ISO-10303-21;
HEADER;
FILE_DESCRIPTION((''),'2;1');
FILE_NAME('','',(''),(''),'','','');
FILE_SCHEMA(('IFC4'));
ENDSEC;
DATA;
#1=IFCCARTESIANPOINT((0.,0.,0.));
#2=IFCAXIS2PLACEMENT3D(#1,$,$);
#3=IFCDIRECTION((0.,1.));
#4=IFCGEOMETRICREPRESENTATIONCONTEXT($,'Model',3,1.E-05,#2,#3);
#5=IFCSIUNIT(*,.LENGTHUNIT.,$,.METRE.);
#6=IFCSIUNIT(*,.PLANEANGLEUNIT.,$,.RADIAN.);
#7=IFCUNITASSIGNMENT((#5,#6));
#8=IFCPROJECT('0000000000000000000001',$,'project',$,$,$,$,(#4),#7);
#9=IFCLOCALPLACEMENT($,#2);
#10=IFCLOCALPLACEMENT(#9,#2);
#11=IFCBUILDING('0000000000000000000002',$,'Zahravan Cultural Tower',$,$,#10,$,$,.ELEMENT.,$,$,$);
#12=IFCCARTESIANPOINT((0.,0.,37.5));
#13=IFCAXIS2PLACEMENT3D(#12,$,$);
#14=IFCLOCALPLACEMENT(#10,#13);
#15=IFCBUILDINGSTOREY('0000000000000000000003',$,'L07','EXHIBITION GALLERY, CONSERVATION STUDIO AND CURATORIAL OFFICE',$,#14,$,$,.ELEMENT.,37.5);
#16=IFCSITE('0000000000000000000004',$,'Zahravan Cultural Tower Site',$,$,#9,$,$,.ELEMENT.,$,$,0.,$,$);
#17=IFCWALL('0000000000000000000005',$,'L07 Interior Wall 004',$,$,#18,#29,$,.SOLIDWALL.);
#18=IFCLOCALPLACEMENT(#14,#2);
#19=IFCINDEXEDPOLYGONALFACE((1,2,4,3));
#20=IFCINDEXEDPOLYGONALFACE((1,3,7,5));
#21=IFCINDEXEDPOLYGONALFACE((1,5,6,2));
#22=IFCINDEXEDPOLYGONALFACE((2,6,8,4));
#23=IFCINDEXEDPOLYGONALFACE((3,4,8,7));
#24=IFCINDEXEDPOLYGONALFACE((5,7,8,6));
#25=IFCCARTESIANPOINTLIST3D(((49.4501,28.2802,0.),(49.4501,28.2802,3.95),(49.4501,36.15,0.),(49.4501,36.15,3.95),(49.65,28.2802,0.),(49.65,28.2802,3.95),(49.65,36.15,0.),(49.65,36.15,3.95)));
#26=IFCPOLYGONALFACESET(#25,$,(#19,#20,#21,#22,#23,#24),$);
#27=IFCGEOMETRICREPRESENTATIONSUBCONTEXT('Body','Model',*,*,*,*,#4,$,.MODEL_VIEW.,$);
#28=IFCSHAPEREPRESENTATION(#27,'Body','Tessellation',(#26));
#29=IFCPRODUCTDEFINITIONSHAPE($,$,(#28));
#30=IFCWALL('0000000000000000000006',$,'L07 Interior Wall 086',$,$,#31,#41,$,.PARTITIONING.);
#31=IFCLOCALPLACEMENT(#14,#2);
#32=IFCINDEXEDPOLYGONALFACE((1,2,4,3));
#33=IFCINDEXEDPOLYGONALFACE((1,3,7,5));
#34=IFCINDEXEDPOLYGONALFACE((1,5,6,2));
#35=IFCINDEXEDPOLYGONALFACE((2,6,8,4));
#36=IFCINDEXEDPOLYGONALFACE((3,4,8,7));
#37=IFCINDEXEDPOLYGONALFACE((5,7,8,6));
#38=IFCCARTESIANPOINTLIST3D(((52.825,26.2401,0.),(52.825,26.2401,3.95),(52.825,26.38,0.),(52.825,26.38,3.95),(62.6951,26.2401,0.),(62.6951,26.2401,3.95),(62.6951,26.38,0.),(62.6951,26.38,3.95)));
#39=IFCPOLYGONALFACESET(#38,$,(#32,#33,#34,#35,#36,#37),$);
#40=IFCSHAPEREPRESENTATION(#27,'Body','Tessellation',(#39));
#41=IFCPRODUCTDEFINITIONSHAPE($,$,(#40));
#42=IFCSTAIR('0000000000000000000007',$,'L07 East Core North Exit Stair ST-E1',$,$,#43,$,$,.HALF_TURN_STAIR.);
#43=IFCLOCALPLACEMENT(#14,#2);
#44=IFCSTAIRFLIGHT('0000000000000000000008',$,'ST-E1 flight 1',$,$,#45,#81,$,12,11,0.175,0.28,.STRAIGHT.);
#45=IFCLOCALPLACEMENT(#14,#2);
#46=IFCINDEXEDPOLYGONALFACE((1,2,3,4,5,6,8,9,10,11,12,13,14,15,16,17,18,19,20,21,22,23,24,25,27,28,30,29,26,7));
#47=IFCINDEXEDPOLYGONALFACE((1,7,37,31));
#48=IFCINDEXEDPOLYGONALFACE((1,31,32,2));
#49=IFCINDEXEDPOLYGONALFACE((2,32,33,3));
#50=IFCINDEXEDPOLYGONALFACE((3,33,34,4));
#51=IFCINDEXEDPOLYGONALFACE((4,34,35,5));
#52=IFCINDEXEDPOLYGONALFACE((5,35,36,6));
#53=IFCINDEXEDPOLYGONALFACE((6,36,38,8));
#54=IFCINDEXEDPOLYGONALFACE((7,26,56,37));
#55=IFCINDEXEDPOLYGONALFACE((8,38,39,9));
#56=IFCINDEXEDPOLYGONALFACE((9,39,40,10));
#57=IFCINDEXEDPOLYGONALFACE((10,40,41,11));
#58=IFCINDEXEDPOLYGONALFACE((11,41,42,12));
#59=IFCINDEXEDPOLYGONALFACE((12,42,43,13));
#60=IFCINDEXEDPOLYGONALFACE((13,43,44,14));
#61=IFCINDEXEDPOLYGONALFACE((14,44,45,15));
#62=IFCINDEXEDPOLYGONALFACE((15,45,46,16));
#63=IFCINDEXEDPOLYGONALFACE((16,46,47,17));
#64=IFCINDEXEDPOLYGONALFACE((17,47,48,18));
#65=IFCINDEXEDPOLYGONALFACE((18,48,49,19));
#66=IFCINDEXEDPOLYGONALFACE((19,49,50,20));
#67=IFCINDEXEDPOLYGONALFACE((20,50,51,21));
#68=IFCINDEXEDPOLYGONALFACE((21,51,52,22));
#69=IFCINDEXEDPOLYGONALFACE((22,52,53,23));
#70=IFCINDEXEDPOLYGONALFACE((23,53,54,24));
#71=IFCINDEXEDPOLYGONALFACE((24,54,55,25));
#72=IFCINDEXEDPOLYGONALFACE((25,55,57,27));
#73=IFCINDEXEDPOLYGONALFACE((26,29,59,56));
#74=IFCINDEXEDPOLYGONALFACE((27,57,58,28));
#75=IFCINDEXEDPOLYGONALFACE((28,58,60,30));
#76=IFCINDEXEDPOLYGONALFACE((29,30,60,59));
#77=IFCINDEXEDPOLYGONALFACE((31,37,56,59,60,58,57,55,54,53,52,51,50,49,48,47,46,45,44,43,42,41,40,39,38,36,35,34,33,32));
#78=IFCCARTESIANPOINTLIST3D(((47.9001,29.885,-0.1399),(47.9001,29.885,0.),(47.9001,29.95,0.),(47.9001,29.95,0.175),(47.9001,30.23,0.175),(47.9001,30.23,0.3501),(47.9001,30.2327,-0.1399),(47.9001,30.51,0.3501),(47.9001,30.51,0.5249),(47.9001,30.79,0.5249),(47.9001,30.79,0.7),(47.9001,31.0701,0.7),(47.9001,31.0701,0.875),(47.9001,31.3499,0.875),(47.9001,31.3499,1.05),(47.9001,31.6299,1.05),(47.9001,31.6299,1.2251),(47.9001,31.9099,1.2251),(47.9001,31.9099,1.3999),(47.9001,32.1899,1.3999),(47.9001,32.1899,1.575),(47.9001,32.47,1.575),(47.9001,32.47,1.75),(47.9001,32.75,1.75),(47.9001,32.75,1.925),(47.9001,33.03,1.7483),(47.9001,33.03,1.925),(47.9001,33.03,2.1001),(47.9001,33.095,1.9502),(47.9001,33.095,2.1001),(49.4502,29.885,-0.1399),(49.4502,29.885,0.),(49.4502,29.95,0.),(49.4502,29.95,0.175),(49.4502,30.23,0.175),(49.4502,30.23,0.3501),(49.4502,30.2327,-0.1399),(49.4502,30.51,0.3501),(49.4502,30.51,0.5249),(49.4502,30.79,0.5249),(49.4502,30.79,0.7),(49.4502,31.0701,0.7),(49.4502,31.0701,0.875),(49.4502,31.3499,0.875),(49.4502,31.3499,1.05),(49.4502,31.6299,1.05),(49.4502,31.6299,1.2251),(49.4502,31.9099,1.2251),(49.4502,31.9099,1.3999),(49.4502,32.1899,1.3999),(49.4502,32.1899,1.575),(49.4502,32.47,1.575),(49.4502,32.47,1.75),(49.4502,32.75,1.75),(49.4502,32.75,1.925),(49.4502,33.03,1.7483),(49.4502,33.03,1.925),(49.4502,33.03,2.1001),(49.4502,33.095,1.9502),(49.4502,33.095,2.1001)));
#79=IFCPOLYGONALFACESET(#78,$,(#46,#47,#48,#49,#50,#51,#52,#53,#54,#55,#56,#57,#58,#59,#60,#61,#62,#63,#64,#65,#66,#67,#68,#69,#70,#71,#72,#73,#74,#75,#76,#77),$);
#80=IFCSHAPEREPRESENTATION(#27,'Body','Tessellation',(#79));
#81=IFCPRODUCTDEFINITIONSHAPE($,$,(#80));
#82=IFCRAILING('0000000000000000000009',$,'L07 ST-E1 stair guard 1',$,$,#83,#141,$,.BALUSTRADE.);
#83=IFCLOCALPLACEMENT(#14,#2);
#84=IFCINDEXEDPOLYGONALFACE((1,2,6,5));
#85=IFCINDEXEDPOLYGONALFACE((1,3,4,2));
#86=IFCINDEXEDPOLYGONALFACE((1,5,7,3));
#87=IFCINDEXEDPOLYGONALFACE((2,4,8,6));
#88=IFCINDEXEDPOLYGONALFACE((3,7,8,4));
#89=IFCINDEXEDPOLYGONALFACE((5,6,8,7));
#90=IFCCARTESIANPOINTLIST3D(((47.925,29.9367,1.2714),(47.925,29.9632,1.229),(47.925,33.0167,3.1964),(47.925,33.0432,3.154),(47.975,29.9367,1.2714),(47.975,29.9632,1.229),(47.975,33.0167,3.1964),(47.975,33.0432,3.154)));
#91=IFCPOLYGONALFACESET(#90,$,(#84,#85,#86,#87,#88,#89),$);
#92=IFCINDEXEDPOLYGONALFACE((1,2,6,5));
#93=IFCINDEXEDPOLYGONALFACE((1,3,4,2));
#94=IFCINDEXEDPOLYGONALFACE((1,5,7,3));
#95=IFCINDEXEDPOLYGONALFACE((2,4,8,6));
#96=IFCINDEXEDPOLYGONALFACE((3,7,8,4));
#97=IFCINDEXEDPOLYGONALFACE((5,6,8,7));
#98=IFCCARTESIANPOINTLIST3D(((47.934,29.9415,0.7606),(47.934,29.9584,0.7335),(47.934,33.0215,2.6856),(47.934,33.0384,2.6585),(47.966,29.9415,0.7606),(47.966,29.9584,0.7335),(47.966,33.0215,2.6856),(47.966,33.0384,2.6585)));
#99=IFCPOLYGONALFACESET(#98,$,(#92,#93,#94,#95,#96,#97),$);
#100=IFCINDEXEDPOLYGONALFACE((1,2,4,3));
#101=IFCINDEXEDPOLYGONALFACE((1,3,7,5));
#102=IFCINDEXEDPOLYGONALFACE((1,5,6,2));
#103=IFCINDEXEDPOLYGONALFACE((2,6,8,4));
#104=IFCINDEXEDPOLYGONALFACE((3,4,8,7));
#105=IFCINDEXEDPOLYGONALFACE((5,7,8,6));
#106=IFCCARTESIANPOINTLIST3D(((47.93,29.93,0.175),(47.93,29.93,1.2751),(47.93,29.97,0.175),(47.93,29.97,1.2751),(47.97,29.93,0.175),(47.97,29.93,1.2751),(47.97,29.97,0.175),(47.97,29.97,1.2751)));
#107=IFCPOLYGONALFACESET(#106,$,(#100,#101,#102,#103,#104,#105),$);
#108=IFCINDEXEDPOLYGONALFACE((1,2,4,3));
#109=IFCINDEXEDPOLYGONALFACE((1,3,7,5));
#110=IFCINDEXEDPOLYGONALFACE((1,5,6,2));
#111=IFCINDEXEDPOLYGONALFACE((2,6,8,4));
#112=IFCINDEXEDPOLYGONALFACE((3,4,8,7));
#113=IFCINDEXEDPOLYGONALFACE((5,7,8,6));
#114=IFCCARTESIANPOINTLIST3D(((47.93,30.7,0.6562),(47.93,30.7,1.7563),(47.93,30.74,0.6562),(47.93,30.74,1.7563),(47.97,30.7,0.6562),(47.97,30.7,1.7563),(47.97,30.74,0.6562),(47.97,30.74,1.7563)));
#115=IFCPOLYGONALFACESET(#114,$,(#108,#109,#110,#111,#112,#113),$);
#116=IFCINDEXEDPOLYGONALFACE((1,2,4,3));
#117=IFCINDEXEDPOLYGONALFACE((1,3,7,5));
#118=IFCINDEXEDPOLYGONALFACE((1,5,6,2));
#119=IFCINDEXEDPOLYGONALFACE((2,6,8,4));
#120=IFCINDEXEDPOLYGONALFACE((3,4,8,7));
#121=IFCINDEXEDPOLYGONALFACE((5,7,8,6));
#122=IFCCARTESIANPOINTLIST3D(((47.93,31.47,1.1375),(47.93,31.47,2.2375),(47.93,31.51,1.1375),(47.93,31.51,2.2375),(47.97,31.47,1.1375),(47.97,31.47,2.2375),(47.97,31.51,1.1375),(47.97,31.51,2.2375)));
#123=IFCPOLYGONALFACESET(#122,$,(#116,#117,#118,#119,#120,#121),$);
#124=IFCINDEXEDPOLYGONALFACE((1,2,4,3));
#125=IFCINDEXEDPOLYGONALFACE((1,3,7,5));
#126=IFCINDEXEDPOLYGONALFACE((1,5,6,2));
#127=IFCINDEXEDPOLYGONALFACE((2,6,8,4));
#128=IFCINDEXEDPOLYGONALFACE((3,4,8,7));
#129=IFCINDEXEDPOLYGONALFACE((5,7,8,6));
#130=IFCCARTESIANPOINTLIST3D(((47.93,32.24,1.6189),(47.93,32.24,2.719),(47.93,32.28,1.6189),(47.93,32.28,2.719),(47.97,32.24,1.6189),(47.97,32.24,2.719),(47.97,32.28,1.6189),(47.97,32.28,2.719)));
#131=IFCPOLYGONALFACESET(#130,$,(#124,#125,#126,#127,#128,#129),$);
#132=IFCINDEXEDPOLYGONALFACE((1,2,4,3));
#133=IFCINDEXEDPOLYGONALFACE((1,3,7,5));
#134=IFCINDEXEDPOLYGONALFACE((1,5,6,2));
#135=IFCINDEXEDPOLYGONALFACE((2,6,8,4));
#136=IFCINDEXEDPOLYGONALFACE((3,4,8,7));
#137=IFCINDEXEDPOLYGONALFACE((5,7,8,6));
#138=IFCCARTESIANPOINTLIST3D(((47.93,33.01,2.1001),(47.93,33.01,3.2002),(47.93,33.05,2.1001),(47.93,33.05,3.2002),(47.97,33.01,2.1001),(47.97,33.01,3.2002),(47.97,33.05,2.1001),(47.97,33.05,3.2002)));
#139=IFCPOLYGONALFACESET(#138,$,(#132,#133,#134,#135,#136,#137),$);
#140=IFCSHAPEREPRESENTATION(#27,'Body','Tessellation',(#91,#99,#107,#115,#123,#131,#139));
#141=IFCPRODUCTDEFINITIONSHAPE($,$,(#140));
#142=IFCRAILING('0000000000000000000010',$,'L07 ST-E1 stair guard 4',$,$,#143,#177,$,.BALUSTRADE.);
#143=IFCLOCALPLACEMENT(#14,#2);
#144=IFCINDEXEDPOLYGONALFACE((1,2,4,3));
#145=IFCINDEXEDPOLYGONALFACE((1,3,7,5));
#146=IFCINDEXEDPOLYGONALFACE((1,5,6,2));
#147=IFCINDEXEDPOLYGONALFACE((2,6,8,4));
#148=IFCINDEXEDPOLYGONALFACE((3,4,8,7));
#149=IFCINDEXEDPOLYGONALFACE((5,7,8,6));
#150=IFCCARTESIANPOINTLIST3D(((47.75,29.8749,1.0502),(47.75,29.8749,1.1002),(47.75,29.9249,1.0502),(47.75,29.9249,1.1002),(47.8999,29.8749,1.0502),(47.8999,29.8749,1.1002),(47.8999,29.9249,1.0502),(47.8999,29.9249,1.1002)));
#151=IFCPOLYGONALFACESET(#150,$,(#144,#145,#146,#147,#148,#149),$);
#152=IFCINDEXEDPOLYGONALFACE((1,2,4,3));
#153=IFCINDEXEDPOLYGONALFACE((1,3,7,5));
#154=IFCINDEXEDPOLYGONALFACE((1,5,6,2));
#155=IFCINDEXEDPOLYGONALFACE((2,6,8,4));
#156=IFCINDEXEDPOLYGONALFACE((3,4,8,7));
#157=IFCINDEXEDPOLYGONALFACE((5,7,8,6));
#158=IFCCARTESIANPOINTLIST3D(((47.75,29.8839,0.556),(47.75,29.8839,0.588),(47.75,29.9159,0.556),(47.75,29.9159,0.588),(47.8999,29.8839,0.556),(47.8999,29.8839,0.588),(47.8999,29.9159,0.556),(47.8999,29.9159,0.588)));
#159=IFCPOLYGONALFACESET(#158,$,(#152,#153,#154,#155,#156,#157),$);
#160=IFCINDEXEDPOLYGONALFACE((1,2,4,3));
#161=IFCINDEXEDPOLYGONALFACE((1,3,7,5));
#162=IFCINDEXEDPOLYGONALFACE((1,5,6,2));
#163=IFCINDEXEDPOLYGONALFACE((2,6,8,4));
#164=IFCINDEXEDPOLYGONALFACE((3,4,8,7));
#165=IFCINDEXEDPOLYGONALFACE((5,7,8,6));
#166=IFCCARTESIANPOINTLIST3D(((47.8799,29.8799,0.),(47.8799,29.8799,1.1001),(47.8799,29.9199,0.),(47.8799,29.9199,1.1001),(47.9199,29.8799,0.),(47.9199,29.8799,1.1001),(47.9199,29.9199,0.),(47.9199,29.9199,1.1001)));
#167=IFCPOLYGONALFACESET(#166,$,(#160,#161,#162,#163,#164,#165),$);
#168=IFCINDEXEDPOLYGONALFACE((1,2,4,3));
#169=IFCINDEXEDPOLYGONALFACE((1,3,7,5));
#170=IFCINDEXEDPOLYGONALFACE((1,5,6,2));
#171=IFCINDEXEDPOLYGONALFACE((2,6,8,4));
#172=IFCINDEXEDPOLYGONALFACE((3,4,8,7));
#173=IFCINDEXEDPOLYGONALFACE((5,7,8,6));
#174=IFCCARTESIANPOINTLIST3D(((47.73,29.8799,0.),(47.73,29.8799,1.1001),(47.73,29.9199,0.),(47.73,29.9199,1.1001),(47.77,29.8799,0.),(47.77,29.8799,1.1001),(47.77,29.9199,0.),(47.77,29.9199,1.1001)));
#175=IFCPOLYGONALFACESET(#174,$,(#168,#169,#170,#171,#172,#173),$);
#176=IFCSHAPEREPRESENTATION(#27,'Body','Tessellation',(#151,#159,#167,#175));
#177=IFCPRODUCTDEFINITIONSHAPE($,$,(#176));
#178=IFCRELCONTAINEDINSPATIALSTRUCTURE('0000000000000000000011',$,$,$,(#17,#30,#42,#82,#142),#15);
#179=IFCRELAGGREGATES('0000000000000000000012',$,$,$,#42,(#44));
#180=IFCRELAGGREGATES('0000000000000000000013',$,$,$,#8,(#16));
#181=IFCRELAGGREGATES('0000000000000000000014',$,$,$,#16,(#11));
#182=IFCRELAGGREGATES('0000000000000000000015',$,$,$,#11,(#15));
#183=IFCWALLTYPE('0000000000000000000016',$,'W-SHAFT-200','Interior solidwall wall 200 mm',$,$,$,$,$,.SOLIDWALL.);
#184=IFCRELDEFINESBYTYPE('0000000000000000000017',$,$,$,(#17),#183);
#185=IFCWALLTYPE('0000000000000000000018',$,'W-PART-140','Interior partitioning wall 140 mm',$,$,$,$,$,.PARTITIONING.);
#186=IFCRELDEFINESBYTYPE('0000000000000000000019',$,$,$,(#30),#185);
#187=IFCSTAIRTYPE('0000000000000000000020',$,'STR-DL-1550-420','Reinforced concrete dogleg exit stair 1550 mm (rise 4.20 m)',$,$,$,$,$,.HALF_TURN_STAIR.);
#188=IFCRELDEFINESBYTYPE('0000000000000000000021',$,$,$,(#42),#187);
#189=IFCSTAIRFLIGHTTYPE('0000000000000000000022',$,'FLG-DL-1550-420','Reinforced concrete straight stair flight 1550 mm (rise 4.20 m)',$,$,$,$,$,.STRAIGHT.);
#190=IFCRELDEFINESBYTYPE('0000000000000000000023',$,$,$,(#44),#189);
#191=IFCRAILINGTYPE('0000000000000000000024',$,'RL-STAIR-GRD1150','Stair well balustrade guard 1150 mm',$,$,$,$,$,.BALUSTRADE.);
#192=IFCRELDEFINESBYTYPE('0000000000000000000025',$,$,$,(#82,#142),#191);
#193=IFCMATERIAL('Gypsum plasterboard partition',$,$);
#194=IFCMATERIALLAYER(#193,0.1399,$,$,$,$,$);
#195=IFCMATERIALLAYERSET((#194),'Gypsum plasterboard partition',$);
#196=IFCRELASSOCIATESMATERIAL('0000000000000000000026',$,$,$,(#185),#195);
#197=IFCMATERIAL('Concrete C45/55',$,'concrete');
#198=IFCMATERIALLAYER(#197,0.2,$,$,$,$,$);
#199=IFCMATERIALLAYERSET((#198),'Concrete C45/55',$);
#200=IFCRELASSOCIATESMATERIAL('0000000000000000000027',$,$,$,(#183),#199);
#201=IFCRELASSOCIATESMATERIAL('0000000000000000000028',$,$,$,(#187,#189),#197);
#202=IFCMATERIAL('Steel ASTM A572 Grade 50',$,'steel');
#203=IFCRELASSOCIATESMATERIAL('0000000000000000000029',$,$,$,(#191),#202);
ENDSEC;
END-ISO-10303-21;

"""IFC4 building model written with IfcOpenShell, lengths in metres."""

from ifc_helpers import new_model, si_unit, direction, frame, frame_2d, origin, origin_2d, place, context, subcontext, project, spatial, polyline, rectangle, outline, extrude, source, transform, mapped, material, layer, layer_set, type_object, element, aggregate, save


model = new_model("IFC4")

# Units and contexts
model_context = context("Model", 3, precision=1e-05, world=origin(), true_north=direction((0.0, 1.0)))
body_context = subcontext(model_context, "Body", "Model", "MODEL_VIEW")
ifc_project = project(units=[si_unit("LENGTHUNIT", "METRE"), si_unit("PLANEANGLEUNIT", "RADIAN")], contexts=[model_context])

# Site, building, storey
site_placement = place(None, origin())
site = spatial("IfcSite", under=ifc_project, at=site_placement, Name="Zahravan Cultural Tower Site", CompositionType="ELEMENT", RefElevation=0.0)
building_placement = place(site_placement, origin())
building = spatial("IfcBuilding", under=site, at=building_placement, Name="Zahravan Cultural Tower", CompositionType="ELEMENT")
storey_placement = place(building_placement, frame((0.0, 0.0, 37.5)))
storey = spatial("IfcBuildingStorey", under=building, at=storey_placement, Name="L07", Description="EXHIBITION GALLERY, CONSERVATION STUDIO AND CURATORIAL OFFICE", CompositionType="ELEMENT", Elevation=37.5)

# Shared definitions
ifc_material_1 = material(Name="Steel ASTM A572 Grade 50", Category="steel")

# Shared definitions
ifc_material_2 = material(Name="Gypsum plasterboard partition")
ifc_layer_1 = layer(ifc_material_2, 0.1399)
ifc_layer_set_1 = layer_set([ifc_layer_1], Name="Gypsum plasterboard partition")
wall_type_1 = type_object("IfcWallType", Name="W-PART-140", Description="Interior partitioning wall 140 mm", PredefinedType="PARTITIONING", material=ifc_layer_set_1)

# Walls
ifc_material_3 = material(Name="Concrete C45/55", Category="concrete")
ifc_layer_2 = layer(ifc_material_3, 0.2)
ifc_layer_set_2 = layer_set([ifc_layer_2], Name="Concrete C45/55")
wall_type_2 = type_object("IfcWallType", Name="W-SHAFT-200", Description="Interior solidwall wall 200 mm", PredefinedType="SOLIDWALL", material=ifc_layer_set_2)
shared_shape_1 = source(origin(), body_context, "Body", "SweptSolid", [
    extrude(rectangle(XDim=7.8699, YDim=0.2, at=frame_2d((3.9351, 0.0))), origin(), (0.0, 0.0, 1.0), 3.95),
])
wall_1_placement = place(storey_placement, frame((49.55, 28.28, 0.0), z_axis=(0.0, 0.0, 1.0), x_axis=(0.0, 1.0, 0.0)))
element("IfcWall", 1, at=wall_1_placement, inside=storey, type_object=wall_type_2, Name="L07 Interior Wall 004", PredefinedType="SOLIDWALL", context=body_context, shape_type="MappedRepresentation", body=[
    mapped(shared_shape_1, transform((0.0, 0.0, 0.0), x_axis=(1.0, 0.0, 0.0), y_axis=(0.0, 1.0, 0.0), z_axis=(0.0, 0.0, 1.0), scale=1.0)),
])
shared_shape_2 = source(origin(), body_context, "Body", "SweptSolid", [
    extrude(rectangle(XDim=9.8701, YDim=0.1399, at=frame_2d((4.9351, 0.0))), origin(), (0.0, 0.0, 1.0), 3.95),
])
wall_2_placement = place(storey_placement, frame((52.825, 26.3101, 0.0), z_axis=(0.0, 0.0, 1.0), x_axis=(1.0, 0.0, 0.0)))
element("IfcWall", 2, at=wall_2_placement, inside=storey, type_object=wall_type_1, Name="L07 Interior Wall 086", PredefinedType="PARTITIONING", context=body_context, shape_type="MappedRepresentation", body=[
    mapped(shared_shape_2, transform((0.0, 0.0, 0.0), x_axis=(1.0, 0.0, 0.0), y_axis=(0.0, 1.0, 0.0), z_axis=(0.0, 0.0, 1.0), scale=1.0)),
])

# Stair, stair flight
stair_type = type_object("IfcStairType", Name="STR-DL-1550-420", Description="Reinforced concrete dogleg exit stair 1550 mm (rise 4.20 m)", PredefinedType="HALF_TURN_STAIR", material=ifc_material_3)
stair_placement = place(storey_placement, origin())
stair = element("IfcStair", 3, at=stair_placement, inside=storey, type_object=stair_type, Name="L07 East Core North Exit Stair ST-E1", PredefinedType="HALF_TURN_STAIR")
stair_flight_type = type_object("IfcStairFlightType", Name="FLG-DL-1550-420", Description="Reinforced concrete straight stair flight 1550 mm (rise 4.20 m)", PredefinedType="STRAIGHT", material=ifc_material_3)
stair_flight_placement = place(storey_placement, frame((48.675, 29.95, 0.0), z_axis=(0.0, 0.0, 1.0), x_axis=(0.0, 1.0, 0.0)))
stair_flight = element("IfcStairFlight", 4, at=stair_flight_placement, type_object=stair_flight_type, Name="ST-E1 flight 1", NumberOfRisers=12, NumberOfTreads=11, PredefinedType="STRAIGHT", RiserHeight=0.175, TreadLength=0.28, context=body_context, shape_type="SweptSolid", body=[
    extrude(outline(polyline([(-0.0649, -0.1399), (-0.0649, 0.0), (0.0, 0.0), (0.0, 0.175), (0.28, 0.175), (0.28, 0.3501), (0.5601, 0.3501), (0.5601, 0.5249), (0.8401, 0.5249), (0.8401, 0.7), (1.1201, 0.7), (1.1201, 0.875), (1.3999, 0.875), (1.3999, 1.05), (1.6799, 1.05), (1.6799, 1.2251), (1.96, 1.2251), (1.96, 1.3999), (2.24, 1.3999), (2.24, 1.575), (2.52, 1.575), (2.52, 1.75), (2.8, 1.75), (2.8, 1.925), (3.0801, 1.925), (3.0801, 2.1001), (3.145, 2.1001), (3.145, 1.9502), (3.0801, 1.7483), (0.2827, -0.1399), (-0.0649, -0.1399)])), frame((0.0, 0.7749, 0.0), z_axis=(0.0, -1.0, 0.0), x_axis=(1.0, 0.0, 0.0)), (0.0, 0.0, 1.0), 1.55),
])
aggregate(stair, [stair_flight])

# Railings
railing_type_1 = type_object("IfcRailingType", Name="RL-STAIR-GRD1150", Description="Stair well balustrade guard 1150 mm", PredefinedType="BALUSTRADE", material=ifc_material_1)
railing_1_placement = place(storey_placement, frame((47.95, 29.95, 0.175)))
element("IfcRailing", 5, at=railing_1_placement, inside=storey, type_object=railing_type_1, Name="L07 ST-E1 stair guard 1", PredefinedType="BALUSTRADE", context=body_context, shape_type="SweptSolid", body=[
    extrude(rectangle(XDim=0.05, YDim=0.05, at=origin_2d()), frame((0.0, 0.0, 1.0752), z_axis=(0.0, 0.847998, 0.529999), x_axis=(-1.0, 0.0, 0.0)), (0.0, 0.0, 1.0), 3.6321),
    extrude(rectangle(XDim=0.032, YDim=0.032, at=origin_2d()), frame((0.0, 0.0, 0.572), z_axis=(0.0, 0.847998, 0.529999), x_axis=(-1.0, 0.0, 0.0)), (0.0, 0.0, 1.0), 3.6321),
    extrude(rectangle(XDim=0.04, YDim=0.04, at=origin_2d()), origin(), (0.0, 0.0, 1.0), 1.1001),
    extrude(rectangle(XDim=0.04, YDim=0.04, at=origin_2d()), frame((0.0, 0.77, 0.4812)), (0.0, 0.0, 1.0), 1.1001),
    extrude(rectangle(XDim=0.04, YDim=0.04, at=origin_2d()), frame((0.0, 1.54, 0.9624)), (0.0, 0.0, 1.0), 1.1001),
    extrude(rectangle(XDim=0.04, YDim=0.04, at=origin_2d()), frame((0.0, 2.3101, 1.4438)), (0.0, 0.0, 1.0), 1.1001),
    extrude(rectangle(XDim=0.04, YDim=0.04, at=origin_2d()), frame((0.0, 3.0801, 1.925)), (0.0, 0.0, 1.0), 1.1001),
])
railing_2_placement = place(storey_placement, frame((47.8999, 29.8999, 0.0)))
element("IfcRailing", 6, at=railing_2_placement, inside=storey, type_object=railing_type_1, Name="L07 ST-E1 stair guard 4", PredefinedType="BALUSTRADE", context=body_context, shape_type="SweptSolid", body=[
    extrude(rectangle(XDim=0.05, YDim=0.05, at=origin_2d()), frame((0.0, 0.0, 1.0752), z_axis=(-1.0, 0.0, 0.0), x_axis=(0.0, -1.0, 0.0)), (0.0, 0.0, 1.0), 0.1499),
    extrude(rectangle(XDim=0.032, YDim=0.032, at=origin_2d()), frame((0.0, 0.0, 0.572), z_axis=(-1.0, 0.0, 0.0), x_axis=(0.0, -1.0, 0.0)), (0.0, 0.0, 1.0), 0.1499),
    extrude(rectangle(XDim=0.04, YDim=0.04, at=origin_2d()), origin(), (0.0, 0.0, 1.0), 1.1001),
    extrude(rectangle(XDim=0.04, YDim=0.04, at=origin_2d()), frame((-0.1499, 0.0, 0.0)), (0.0, 0.0, 1.0), 1.1001),
])

save(model, "model.ifc")
